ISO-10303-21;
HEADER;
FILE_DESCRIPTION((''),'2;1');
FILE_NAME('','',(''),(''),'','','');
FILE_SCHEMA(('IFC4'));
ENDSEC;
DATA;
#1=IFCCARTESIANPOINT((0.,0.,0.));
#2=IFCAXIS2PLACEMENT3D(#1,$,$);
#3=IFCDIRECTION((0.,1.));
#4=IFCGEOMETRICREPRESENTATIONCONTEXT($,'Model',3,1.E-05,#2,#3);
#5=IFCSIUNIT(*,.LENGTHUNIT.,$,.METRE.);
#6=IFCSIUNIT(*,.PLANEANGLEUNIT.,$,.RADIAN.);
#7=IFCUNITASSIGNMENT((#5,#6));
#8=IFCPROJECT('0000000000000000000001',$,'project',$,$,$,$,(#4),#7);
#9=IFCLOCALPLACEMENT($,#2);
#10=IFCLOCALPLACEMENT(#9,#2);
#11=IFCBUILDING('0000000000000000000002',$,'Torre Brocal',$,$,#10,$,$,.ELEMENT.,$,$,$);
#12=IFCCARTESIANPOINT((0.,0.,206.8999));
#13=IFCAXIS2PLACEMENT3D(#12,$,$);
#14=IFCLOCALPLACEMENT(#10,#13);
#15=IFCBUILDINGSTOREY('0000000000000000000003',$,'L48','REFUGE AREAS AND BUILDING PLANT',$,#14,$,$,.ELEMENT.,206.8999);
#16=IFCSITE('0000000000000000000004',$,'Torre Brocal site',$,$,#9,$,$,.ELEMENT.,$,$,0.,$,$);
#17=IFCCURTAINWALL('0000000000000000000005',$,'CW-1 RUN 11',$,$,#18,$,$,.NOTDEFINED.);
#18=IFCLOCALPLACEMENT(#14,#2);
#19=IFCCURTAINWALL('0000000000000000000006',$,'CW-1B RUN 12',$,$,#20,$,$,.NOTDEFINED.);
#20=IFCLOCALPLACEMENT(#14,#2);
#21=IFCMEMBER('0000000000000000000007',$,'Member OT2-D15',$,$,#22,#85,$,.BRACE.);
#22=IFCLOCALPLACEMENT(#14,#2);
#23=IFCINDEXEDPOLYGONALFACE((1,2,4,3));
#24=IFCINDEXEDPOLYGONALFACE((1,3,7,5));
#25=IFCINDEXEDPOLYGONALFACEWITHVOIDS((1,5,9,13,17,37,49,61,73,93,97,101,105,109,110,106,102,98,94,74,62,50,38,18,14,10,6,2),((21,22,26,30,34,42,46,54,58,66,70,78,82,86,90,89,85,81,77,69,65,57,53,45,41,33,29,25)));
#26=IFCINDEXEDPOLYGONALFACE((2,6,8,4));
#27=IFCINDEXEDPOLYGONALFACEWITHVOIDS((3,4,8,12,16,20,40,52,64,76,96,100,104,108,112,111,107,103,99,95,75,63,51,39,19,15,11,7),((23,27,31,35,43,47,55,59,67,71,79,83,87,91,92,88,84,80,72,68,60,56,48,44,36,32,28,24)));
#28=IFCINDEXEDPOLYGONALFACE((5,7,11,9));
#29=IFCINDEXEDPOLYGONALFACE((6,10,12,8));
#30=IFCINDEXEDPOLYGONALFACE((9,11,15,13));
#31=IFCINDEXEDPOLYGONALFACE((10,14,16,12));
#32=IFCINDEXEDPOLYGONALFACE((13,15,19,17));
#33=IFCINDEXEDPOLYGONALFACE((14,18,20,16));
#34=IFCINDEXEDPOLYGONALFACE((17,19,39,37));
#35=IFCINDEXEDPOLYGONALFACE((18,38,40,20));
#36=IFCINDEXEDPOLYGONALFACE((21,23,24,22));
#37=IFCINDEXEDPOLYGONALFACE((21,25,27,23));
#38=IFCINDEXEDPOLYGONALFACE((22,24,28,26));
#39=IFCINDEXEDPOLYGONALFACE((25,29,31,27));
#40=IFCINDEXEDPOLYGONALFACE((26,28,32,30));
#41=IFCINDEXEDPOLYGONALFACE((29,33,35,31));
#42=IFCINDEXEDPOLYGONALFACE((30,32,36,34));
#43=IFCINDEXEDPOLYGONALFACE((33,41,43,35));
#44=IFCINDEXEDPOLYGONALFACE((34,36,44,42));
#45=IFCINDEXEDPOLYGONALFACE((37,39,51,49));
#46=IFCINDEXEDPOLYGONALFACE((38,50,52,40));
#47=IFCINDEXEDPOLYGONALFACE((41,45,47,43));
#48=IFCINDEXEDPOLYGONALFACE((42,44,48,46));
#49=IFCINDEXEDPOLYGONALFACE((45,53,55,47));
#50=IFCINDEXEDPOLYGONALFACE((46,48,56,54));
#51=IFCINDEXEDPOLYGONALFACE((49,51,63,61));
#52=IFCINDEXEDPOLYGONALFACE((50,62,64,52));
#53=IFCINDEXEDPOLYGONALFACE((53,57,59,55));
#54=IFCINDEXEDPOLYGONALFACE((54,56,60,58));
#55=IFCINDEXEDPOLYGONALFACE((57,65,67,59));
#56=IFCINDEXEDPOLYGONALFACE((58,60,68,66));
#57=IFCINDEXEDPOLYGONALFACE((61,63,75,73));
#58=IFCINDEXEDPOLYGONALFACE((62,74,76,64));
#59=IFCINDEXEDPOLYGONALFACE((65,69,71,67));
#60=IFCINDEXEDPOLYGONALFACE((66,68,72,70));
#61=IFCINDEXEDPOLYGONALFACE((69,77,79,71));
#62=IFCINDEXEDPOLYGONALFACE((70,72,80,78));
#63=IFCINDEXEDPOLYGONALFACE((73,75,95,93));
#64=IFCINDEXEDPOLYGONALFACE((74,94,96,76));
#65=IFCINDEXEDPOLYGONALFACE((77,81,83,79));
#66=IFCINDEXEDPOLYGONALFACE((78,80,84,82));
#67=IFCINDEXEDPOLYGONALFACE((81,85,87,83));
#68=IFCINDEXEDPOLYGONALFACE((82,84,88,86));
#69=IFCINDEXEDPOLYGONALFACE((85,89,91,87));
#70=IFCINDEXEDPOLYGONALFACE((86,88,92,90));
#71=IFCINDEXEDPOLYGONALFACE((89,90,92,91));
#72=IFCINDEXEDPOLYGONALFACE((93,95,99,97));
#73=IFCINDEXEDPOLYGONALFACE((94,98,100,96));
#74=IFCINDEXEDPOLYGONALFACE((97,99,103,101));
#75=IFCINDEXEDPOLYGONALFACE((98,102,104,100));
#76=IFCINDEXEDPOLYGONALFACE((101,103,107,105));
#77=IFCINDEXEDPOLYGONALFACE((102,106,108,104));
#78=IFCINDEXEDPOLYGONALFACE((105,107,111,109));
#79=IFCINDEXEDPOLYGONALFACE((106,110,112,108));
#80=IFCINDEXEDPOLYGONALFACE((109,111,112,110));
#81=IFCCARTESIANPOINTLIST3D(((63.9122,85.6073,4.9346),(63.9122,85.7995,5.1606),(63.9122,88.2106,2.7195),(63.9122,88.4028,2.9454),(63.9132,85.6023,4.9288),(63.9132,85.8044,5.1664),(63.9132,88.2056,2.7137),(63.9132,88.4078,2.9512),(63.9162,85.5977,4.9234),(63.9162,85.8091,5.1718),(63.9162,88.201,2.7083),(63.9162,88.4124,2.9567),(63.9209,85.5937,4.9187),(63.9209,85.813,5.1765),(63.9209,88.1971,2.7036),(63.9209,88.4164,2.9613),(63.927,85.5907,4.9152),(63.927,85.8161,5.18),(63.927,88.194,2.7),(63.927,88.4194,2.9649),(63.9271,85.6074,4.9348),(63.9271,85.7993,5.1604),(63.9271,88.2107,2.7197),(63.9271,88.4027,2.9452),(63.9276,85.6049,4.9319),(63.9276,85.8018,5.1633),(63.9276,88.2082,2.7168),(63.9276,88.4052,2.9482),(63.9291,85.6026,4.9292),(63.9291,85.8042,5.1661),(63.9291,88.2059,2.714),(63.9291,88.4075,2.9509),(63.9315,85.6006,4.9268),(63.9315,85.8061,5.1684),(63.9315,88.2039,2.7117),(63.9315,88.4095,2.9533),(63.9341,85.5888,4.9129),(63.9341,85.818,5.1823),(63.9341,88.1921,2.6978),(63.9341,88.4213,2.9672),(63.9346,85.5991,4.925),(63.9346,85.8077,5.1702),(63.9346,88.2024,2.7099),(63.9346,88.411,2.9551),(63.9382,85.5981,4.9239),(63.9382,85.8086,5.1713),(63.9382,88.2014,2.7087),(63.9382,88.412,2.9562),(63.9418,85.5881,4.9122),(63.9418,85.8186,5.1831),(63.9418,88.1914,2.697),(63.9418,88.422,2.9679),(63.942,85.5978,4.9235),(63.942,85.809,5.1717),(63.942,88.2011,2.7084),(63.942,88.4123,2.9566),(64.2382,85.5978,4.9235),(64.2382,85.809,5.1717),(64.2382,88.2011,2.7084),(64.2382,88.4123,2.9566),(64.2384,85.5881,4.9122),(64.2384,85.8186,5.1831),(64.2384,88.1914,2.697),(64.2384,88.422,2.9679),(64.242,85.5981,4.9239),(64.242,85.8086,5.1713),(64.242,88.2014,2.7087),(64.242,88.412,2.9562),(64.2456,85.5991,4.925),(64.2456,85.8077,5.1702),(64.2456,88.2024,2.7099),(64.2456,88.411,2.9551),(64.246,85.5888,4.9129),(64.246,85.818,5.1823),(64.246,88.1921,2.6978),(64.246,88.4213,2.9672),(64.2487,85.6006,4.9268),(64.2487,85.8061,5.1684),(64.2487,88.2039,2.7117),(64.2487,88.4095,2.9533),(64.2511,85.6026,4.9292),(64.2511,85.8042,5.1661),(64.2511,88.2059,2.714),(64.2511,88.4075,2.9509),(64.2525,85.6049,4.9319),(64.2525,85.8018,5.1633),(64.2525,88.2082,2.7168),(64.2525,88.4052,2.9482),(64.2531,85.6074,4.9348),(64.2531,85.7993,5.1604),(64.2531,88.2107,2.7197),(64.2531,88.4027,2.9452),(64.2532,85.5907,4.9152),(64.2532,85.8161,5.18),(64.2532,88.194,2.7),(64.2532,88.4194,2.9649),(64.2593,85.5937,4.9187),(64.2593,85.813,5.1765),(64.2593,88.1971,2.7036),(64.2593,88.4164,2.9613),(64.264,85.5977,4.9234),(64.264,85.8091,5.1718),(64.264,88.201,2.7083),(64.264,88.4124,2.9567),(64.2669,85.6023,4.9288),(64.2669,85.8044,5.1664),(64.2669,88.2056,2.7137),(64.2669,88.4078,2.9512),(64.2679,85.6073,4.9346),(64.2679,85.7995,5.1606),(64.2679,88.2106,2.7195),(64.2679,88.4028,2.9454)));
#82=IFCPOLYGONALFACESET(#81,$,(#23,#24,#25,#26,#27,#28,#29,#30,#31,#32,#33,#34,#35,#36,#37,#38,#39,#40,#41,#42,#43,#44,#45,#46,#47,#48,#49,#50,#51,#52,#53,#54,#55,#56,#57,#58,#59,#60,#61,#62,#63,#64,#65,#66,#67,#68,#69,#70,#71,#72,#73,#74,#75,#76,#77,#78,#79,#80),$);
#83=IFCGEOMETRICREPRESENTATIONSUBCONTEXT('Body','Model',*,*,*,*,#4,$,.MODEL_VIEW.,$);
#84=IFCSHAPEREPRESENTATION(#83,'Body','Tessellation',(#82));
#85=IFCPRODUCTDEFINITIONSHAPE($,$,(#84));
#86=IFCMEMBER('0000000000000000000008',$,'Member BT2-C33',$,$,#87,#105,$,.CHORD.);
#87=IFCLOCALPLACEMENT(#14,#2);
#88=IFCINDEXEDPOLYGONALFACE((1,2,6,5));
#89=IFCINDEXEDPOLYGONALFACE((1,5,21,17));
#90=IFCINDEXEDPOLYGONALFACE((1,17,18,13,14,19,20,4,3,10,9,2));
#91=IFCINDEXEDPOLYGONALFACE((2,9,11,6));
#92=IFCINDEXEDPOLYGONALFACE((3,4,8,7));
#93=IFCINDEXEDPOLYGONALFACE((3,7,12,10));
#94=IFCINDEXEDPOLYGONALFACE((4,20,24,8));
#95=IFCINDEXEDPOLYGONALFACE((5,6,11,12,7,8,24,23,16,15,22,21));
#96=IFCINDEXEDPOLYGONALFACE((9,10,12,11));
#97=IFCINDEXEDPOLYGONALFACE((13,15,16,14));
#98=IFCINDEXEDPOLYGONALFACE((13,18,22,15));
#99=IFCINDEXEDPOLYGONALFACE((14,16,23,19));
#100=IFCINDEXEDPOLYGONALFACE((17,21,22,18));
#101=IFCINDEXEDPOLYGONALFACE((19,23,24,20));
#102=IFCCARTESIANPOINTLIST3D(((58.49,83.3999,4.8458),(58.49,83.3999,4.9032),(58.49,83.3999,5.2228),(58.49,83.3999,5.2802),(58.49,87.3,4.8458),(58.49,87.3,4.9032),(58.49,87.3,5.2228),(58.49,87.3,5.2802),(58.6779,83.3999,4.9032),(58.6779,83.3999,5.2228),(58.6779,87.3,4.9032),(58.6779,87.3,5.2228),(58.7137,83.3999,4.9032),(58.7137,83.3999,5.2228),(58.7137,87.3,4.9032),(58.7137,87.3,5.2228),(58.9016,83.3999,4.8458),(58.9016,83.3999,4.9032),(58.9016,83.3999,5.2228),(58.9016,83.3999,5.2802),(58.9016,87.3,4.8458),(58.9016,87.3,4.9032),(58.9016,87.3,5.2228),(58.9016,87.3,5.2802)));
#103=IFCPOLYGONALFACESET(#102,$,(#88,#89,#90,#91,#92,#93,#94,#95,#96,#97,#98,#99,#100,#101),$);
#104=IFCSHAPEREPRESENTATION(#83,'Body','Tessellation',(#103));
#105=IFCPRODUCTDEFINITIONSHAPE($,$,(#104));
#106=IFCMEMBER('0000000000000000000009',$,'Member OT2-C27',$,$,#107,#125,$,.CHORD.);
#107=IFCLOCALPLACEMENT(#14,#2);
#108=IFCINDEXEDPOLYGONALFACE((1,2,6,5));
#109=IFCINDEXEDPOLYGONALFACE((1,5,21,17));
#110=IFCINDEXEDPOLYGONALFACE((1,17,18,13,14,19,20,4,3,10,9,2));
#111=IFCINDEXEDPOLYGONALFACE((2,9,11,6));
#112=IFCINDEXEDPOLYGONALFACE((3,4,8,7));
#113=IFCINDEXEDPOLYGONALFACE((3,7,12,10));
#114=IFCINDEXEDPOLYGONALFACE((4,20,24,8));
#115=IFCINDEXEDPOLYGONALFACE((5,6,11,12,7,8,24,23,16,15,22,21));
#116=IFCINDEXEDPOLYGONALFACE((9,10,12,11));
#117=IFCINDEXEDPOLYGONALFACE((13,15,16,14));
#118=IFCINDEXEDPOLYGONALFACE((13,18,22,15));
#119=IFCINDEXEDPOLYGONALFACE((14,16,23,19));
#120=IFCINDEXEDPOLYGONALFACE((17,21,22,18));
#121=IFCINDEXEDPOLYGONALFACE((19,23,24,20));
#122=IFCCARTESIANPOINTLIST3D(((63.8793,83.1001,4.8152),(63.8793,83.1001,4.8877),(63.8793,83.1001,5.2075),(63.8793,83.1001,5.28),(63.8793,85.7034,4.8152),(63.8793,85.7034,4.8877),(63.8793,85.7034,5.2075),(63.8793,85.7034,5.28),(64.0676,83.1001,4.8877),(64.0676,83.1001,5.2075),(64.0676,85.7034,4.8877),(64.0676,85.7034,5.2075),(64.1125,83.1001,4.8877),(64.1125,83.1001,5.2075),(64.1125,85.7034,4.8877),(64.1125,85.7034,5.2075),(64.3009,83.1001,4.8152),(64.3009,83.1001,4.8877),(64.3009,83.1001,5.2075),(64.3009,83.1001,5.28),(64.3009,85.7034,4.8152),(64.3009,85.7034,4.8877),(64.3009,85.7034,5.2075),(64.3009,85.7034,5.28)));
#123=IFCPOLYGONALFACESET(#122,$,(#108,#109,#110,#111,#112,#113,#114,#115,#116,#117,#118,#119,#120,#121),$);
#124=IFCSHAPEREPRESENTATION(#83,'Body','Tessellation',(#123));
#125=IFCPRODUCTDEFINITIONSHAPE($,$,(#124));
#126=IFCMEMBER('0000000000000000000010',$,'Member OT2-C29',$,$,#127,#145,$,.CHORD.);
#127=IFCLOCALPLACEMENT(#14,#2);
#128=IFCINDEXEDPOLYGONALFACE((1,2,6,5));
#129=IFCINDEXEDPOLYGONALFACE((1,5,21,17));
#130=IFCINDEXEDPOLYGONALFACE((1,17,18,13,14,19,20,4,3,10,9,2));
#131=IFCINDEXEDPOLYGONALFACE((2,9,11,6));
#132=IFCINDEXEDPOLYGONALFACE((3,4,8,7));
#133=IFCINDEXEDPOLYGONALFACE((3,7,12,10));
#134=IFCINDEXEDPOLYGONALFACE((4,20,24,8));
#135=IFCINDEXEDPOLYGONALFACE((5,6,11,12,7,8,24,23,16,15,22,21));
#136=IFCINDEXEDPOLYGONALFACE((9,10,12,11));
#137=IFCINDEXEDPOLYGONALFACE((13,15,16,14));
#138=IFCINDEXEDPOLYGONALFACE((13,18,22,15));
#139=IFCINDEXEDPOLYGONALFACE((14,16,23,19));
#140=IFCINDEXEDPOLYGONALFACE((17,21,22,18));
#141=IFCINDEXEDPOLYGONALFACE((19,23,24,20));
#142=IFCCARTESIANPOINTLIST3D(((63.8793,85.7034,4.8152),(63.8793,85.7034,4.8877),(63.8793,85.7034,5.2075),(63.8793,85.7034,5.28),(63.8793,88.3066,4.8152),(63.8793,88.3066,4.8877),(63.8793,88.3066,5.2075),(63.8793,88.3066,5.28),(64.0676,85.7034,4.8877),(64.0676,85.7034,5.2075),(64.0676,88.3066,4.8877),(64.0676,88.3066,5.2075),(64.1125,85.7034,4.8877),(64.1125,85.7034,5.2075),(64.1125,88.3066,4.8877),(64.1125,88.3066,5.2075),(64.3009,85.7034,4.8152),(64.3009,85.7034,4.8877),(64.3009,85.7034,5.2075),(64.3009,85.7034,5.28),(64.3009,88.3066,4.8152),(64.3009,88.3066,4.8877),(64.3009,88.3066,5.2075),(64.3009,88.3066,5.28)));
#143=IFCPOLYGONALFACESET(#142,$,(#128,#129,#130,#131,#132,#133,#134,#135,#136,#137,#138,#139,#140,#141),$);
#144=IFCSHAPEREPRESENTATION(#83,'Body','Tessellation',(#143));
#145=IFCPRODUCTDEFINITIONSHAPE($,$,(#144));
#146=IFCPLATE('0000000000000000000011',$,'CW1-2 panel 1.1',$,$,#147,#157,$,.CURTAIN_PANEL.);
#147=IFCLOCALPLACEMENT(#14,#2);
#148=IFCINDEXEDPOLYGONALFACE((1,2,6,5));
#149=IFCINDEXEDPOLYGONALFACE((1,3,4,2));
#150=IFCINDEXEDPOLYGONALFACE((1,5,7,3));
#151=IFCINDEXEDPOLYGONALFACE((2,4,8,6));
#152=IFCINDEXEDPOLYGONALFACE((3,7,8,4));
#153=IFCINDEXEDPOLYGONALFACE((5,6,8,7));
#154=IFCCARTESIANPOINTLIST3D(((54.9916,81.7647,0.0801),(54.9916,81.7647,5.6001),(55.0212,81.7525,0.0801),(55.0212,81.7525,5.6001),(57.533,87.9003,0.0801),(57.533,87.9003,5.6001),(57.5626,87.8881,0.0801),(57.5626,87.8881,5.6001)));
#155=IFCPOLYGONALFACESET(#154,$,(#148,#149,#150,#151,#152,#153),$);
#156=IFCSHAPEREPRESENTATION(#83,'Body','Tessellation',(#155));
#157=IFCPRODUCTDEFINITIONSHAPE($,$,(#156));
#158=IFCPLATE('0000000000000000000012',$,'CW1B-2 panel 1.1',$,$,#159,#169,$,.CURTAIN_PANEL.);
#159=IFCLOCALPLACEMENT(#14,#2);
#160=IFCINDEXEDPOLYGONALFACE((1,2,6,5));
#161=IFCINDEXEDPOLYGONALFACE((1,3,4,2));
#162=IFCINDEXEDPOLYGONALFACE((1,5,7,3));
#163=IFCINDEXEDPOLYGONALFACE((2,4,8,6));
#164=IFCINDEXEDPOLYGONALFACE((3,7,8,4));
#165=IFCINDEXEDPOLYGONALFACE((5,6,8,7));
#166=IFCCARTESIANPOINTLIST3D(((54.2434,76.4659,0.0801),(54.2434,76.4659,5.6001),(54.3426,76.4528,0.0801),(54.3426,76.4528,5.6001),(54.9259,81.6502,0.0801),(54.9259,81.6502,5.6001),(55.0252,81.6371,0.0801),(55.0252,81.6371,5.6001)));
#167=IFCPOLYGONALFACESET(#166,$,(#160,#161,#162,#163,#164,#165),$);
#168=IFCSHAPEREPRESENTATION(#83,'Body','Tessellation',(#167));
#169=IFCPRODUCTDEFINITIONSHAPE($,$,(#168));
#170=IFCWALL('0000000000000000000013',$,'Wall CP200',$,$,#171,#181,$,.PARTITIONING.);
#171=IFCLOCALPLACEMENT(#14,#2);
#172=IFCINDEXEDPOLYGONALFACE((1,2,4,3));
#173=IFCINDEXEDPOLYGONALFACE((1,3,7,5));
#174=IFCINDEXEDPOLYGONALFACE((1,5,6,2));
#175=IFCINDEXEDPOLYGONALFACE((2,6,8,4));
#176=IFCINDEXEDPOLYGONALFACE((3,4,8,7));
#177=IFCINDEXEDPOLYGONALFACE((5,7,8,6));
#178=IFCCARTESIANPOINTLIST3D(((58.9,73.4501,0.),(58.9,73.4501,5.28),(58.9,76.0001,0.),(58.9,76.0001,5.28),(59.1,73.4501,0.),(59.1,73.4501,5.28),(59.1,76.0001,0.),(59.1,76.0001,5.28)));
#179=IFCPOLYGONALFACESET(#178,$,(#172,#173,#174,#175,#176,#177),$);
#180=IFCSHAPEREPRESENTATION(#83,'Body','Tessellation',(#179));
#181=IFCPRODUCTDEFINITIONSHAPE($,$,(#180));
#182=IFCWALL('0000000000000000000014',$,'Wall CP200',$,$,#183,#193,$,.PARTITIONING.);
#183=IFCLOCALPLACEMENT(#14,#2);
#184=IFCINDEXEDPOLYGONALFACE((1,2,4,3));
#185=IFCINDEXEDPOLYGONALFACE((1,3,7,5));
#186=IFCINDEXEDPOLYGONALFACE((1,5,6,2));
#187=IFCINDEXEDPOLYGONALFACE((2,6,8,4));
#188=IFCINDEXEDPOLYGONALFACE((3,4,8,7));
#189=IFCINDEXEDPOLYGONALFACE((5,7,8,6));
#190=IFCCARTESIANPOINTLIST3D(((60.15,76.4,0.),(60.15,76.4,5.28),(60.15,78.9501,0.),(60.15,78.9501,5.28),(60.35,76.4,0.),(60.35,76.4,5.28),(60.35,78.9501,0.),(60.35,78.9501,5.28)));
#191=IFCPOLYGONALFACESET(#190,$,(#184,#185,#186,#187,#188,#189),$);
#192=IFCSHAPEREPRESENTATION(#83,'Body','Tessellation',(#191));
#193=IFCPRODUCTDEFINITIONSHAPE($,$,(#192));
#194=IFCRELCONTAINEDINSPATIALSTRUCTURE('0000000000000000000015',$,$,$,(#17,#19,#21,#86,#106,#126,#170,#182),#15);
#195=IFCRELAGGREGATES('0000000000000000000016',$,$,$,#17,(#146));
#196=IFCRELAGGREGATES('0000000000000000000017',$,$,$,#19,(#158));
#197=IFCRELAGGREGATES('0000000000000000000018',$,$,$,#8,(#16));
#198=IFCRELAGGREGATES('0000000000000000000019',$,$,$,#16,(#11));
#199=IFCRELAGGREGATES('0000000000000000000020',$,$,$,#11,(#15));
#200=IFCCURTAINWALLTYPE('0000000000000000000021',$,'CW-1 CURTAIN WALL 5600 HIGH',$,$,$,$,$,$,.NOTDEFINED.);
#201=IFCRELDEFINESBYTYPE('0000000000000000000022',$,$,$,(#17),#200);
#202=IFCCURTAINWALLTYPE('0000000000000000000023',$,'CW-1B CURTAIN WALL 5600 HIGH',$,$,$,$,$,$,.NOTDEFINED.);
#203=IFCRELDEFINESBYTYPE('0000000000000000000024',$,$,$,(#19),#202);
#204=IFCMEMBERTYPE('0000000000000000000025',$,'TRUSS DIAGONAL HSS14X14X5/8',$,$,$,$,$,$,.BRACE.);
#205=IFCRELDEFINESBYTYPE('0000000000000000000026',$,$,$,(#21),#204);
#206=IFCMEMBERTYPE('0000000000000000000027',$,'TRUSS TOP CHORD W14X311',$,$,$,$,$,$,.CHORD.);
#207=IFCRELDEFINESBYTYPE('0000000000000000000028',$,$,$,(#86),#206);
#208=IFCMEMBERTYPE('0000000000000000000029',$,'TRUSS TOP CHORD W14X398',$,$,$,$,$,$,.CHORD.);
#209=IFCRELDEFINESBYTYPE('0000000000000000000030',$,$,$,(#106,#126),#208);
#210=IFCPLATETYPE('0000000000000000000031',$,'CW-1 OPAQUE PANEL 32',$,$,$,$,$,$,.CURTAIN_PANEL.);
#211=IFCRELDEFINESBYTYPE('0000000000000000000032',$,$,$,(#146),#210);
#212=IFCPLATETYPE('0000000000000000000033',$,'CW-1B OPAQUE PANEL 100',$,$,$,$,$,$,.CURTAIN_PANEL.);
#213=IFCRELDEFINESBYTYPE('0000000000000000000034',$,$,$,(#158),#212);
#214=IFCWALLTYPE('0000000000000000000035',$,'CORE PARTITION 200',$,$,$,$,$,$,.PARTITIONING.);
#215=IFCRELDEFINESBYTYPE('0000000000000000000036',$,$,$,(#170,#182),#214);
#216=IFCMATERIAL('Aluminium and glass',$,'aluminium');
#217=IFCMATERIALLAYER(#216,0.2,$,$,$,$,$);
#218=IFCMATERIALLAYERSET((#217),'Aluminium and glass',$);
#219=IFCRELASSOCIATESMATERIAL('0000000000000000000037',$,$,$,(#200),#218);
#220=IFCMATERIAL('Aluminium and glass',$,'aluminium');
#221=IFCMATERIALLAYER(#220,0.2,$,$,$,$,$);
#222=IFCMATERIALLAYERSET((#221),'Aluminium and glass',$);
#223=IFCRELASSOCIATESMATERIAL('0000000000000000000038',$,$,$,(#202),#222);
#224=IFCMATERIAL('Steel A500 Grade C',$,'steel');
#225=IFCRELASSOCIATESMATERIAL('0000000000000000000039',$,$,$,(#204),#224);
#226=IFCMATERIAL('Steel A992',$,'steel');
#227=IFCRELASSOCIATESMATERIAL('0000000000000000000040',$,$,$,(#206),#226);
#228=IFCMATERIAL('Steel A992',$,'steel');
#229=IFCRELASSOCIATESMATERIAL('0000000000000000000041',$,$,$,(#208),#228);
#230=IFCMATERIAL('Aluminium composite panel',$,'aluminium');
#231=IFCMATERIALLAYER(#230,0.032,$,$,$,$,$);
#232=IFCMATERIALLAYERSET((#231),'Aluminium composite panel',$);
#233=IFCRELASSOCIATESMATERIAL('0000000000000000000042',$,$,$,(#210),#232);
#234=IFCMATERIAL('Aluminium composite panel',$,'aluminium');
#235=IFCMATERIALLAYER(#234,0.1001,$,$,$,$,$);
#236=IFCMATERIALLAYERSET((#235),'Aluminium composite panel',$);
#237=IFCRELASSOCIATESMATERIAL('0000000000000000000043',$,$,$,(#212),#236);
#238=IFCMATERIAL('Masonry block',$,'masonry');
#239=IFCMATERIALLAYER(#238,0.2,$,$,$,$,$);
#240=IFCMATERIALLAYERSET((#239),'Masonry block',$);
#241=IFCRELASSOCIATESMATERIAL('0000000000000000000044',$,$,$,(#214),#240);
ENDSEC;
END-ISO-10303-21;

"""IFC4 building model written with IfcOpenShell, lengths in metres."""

from ifc_helpers import new_model, si_unit, direction, frame, frame_2d, origin, origin_2d, place, context, subcontext, project, spatial, rectangle, hollow_rectangle, i_section, extrude, material, layer, layer_set, material_profile, profile_set, type_object, element, aggregate, save


model = new_model("IFC4")

# Units and contexts
model_context = context("Model", 3, precision=1e-05, world=origin(), true_north=direction((0.0, 1.0)))
body_context = subcontext(model_context, "Body", "Model", "MODEL_VIEW")
ifc_project = project(units=[si_unit("LENGTHUNIT", "METRE"), si_unit("PLANEANGLEUNIT", "RADIAN")], contexts=[model_context])

# Site, building, storey
site_placement = place(None, origin())
site = spatial("IfcSite", under=ifc_project, at=site_placement, Name="Torre Brocal site", CompositionType="ELEMENT", RefElevation=0.0)
building_placement = place(site_placement, origin())
building = spatial("IfcBuilding", under=site, at=building_placement, Name="Torre Brocal", CompositionType="ELEMENT")
storey_placement = place(building_placement, frame((0.0, 0.0, 206.8999)))
storey = spatial("IfcBuildingStorey", under=building, at=storey_placement, Name="L48", Description="REFUGE AREAS AND BUILDING PLANT", CompositionType="ELEMENT", Elevation=206.8999)

# Shared definitions
ifc_material_1 = material(Name="Aluminium and glass", Category="aluminium")
ifc_layer_1 = layer(ifc_material_1, 0.2)
ifc_layer_set_1 = layer_set([ifc_layer_1], Name="Aluminium and glass")
curtain_wall_type_1 = type_object("IfcCurtainWallType", Name="CW-1 CURTAIN WALL 5600 HIGH", PredefinedType="NOTDEFINED", material=ifc_layer_set_1)

# Curtain walls
curtain_wall_1_placement = place(storey_placement, origin())
curtain_wall_1 = element("IfcCurtainWall", 1, at=curtain_wall_1_placement, inside=storey, type_object=curtain_wall_type_1, Name="CW-1 RUN 11", PredefinedType="NOTDEFINED")
ifc_material_2 = material(Name="Aluminium and glass", Category="aluminium")
ifc_layer_2 = layer(ifc_material_2, 0.2)
ifc_layer_set_2 = layer_set([ifc_layer_2], Name="Aluminium and glass")
curtain_wall_type_2 = type_object("IfcCurtainWallType", Name="CW-1B CURTAIN WALL 5600 HIGH", PredefinedType="NOTDEFINED", material=ifc_layer_set_2)
curtain_wall_2_placement = place(storey_placement, origin())
curtain_wall_2 = element("IfcCurtainWall", 2, at=curtain_wall_2_placement, inside=storey, type_object=curtain_wall_type_2, Name="CW-1B RUN 12", PredefinedType="NOTDEFINED")

# Members
ifc_material_3 = material(Name="Steel A500 Grade C", Category="steel")
ifc_material_profile_1 = material_profile(ifc_material_3, hollow_rectangle(XDim=0.3557, YDim=0.3557, WallThickness=0.0149, InnerFilletRadius=0.0149, OuterFilletRadius=0.0295, at=origin_2d()), Name="HSS14X14X5/8")
ifc_profile_set_1 = profile_set([ifc_material_profile_1], Name="Steel A500 Grade C")
member_type_1 = type_object("IfcMemberType", Name="TRUSS DIAGONAL HSS14X14X5/8", PredefinedType="BRACE", material=ifc_profile_set_1)
for number, where, z_axis, x_axis, name in (
    (3, (64.0901, 85.7034, 5.0476), (0.0, 0.761606, -0.64804), (-1.0, 0.0, 0.0), "Member OT2-D15"),
):
    element("IfcMember", number, at=place(storey_placement, frame(where, z_axis=z_axis, x_axis=x_axis)), inside=storey, type_object=member_type_1, Name=name, PredefinedType="BRACE", context=body_context, shape_type="SweptSolid", body=[
        extrude(hollow_rectangle(XDim=0.3557, YDim=0.3557, WallThickness=0.0149, InnerFilletRadius=0.0149, OuterFilletRadius=0.0295, at=origin_2d()), origin(), (0.0, 0.0, 1.0), 3.4182),
    ])
ifc_material_4 = material(Name="Steel A992", Category="steel")
ifc_material_profile_2 = material_profile(ifc_material_4, i_section(OverallWidth=0.4116, OverallDepth=0.4343, WebThickness=0.0359, FlangeThickness=0.0574, at=origin_2d()), Name="W14X311")
ifc_profile_set_2 = profile_set([ifc_material_profile_2], Name="Steel A992")
member_type_2 = type_object("IfcMemberType", Name="TRUSS TOP CHORD W14X311", PredefinedType="CHORD", material=ifc_profile_set_2)
member_1_placement = place(storey_placement, frame((58.6958, 87.3, 5.063), z_axis=(0.0, -1.0, 0.0), x_axis=(1.0, 0.0, 0.0)))
element("IfcMember", 4, at=member_1_placement, inside=storey, type_object=member_type_2, Name="Member BT2-C33", PredefinedType="CHORD", context=body_context, shape_type="SweptSolid", body=[
    extrude(i_section(OverallWidth=0.4116, OverallDepth=0.4343, WebThickness=0.0359, FlangeThickness=0.0574, at=origin_2d()), origin(), (0.0, 0.0, 1.0), 3.9001),
])
ifc_material_5 = material(Name="Steel A992", Category="steel")
ifc_material_profile_3 = material_profile(ifc_material_5, i_section(OverallWidth=0.4216, OverallDepth=0.4648, WebThickness=0.0449, FlangeThickness=0.0725, at=origin_2d()), Name="W14X398")
ifc_profile_set_3 = profile_set([ifc_material_profile_3], Name="Steel A992")
member_type_3 = type_object("IfcMemberType", Name="TRUSS TOP CHORD W14X398", PredefinedType="CHORD", material=ifc_profile_set_3)
for number, where, z_axis, x_axis, name in (
    (5, (64.0901, 83.1001, 5.0476), (0.0, 1.0, 0.0), (-1.0, 0.0, 0.0), "Member OT2-C27"),
    (6, (64.0901, 85.7034, 5.0476), (0.0, 1.0, 0.0), (-1.0, 0.0, 0.0), "Member OT2-C29"),
):
    element("IfcMember", number, at=place(storey_placement, frame(where, z_axis=z_axis, x_axis=x_axis)), inside=storey, type_object=member_type_3, Name=name, PredefinedType="CHORD", context=body_context, shape_type="SweptSolid", body=[
        extrude(i_section(OverallWidth=0.4216, OverallDepth=0.4648, WebThickness=0.0449, FlangeThickness=0.0725, at=origin_2d()), origin(), (0.0, 0.0, 1.0), 2.6033),
    ])

# Plates
ifc_material_6 = material(Name="Aluminium composite panel", Category="aluminium")
ifc_layer_3 = layer(ifc_material_6, 0.032)
ifc_layer_set_3 = layer_set([ifc_layer_3], Name="Aluminium composite panel")
plate_type_1 = type_object("IfcPlateType", Name="CW-1 OPAQUE PANEL 32", PredefinedType="CURTAIN_PANEL", material=ifc_layer_set_3)
plate_1_placement = place(storey_placement, frame((56.2771, 84.8264, 0.0801), z_axis=(0.0, 0.0, 1.0), x_axis=(-0.382683, -0.92388, 0.0)))
plate_1 = element("IfcPlate", 7, at=plate_1_placement, type_object=plate_type_1, Name="CW1-2 panel 1.1", PredefinedType="CURTAIN_PANEL", context=body_context, shape_type="SweptSolid", body=[
    extrude(rectangle(XDim=6.6411, YDim=0.032, at=origin_2d()), origin(), (0.0, 0.0, 1.0), 5.52),
])
aggregate(curtain_wall_1, [plate_1])
ifc_material_7 = material(Name="Aluminium composite panel", Category="aluminium")
ifc_layer_4 = layer(ifc_material_7, 0.1001)
ifc_layer_set_4 = layer_set([ifc_layer_4], Name="Aluminium composite panel")
plate_type_2 = type_object("IfcPlateType", Name="CW-1B OPAQUE PANEL 100", PredefinedType="CURTAIN_PANEL", material=ifc_layer_set_4)
plate_2_placement = place(storey_placement, frame((54.6343, 79.0515, 0.0801), z_axis=(0.0, 0.0, 1.0), x_axis=(-0.130526, -0.991445, 0.0)))
plate_2 = element("IfcPlate", 8, at=plate_2_placement, type_object=plate_type_2, Name="CW1B-2 panel 1.1", PredefinedType="CURTAIN_PANEL", context=body_context, shape_type="SweptSolid", body=[
    extrude(rectangle(XDim=5.229, YDim=0.1001, at=origin_2d()), origin(), (0.0, 0.0, 1.0), 5.52),
])
aggregate(curtain_wall_2, [plate_2])

# Walls
ifc_material_8 = material(Name="Masonry block", Category="masonry")
ifc_layer_5 = layer(ifc_material_8, 0.2)
ifc_layer_set_5 = layer_set([ifc_layer_5], Name="Masonry block")
wall_type_1 = type_object("IfcWallType", Name="CORE PARTITION 200", PredefinedType="PARTITIONING", material=ifc_layer_set_5)
for number, where, z_axis, x_axis, name in (
    (9, (59.0, 76.0, 0.0), (0.0, 0.0, 1.0), (0.0, -1.0, 0.0), "Wall CP200"),
    (10, (60.25, 78.95, 0.0), (0.0, 0.0, 1.0), (0.0, -1.0, 0.0), "Wall CP200"),
):
    element("IfcWall", number, at=place(storey_placement, frame(where, z_axis=z_axis, x_axis=x_axis)), inside=storey, type_object=wall_type_1, Name=name, PredefinedType="PARTITIONING", context=body_context, shape_type="SweptSolid", body=[
        extrude(rectangle(XDim=2.55, YDim=0.2, at=frame_2d((1.2749, 0.0))), origin(), (0.0, 0.0, 1.0), 5.28),
    ])

save(model, "model.ifc")
